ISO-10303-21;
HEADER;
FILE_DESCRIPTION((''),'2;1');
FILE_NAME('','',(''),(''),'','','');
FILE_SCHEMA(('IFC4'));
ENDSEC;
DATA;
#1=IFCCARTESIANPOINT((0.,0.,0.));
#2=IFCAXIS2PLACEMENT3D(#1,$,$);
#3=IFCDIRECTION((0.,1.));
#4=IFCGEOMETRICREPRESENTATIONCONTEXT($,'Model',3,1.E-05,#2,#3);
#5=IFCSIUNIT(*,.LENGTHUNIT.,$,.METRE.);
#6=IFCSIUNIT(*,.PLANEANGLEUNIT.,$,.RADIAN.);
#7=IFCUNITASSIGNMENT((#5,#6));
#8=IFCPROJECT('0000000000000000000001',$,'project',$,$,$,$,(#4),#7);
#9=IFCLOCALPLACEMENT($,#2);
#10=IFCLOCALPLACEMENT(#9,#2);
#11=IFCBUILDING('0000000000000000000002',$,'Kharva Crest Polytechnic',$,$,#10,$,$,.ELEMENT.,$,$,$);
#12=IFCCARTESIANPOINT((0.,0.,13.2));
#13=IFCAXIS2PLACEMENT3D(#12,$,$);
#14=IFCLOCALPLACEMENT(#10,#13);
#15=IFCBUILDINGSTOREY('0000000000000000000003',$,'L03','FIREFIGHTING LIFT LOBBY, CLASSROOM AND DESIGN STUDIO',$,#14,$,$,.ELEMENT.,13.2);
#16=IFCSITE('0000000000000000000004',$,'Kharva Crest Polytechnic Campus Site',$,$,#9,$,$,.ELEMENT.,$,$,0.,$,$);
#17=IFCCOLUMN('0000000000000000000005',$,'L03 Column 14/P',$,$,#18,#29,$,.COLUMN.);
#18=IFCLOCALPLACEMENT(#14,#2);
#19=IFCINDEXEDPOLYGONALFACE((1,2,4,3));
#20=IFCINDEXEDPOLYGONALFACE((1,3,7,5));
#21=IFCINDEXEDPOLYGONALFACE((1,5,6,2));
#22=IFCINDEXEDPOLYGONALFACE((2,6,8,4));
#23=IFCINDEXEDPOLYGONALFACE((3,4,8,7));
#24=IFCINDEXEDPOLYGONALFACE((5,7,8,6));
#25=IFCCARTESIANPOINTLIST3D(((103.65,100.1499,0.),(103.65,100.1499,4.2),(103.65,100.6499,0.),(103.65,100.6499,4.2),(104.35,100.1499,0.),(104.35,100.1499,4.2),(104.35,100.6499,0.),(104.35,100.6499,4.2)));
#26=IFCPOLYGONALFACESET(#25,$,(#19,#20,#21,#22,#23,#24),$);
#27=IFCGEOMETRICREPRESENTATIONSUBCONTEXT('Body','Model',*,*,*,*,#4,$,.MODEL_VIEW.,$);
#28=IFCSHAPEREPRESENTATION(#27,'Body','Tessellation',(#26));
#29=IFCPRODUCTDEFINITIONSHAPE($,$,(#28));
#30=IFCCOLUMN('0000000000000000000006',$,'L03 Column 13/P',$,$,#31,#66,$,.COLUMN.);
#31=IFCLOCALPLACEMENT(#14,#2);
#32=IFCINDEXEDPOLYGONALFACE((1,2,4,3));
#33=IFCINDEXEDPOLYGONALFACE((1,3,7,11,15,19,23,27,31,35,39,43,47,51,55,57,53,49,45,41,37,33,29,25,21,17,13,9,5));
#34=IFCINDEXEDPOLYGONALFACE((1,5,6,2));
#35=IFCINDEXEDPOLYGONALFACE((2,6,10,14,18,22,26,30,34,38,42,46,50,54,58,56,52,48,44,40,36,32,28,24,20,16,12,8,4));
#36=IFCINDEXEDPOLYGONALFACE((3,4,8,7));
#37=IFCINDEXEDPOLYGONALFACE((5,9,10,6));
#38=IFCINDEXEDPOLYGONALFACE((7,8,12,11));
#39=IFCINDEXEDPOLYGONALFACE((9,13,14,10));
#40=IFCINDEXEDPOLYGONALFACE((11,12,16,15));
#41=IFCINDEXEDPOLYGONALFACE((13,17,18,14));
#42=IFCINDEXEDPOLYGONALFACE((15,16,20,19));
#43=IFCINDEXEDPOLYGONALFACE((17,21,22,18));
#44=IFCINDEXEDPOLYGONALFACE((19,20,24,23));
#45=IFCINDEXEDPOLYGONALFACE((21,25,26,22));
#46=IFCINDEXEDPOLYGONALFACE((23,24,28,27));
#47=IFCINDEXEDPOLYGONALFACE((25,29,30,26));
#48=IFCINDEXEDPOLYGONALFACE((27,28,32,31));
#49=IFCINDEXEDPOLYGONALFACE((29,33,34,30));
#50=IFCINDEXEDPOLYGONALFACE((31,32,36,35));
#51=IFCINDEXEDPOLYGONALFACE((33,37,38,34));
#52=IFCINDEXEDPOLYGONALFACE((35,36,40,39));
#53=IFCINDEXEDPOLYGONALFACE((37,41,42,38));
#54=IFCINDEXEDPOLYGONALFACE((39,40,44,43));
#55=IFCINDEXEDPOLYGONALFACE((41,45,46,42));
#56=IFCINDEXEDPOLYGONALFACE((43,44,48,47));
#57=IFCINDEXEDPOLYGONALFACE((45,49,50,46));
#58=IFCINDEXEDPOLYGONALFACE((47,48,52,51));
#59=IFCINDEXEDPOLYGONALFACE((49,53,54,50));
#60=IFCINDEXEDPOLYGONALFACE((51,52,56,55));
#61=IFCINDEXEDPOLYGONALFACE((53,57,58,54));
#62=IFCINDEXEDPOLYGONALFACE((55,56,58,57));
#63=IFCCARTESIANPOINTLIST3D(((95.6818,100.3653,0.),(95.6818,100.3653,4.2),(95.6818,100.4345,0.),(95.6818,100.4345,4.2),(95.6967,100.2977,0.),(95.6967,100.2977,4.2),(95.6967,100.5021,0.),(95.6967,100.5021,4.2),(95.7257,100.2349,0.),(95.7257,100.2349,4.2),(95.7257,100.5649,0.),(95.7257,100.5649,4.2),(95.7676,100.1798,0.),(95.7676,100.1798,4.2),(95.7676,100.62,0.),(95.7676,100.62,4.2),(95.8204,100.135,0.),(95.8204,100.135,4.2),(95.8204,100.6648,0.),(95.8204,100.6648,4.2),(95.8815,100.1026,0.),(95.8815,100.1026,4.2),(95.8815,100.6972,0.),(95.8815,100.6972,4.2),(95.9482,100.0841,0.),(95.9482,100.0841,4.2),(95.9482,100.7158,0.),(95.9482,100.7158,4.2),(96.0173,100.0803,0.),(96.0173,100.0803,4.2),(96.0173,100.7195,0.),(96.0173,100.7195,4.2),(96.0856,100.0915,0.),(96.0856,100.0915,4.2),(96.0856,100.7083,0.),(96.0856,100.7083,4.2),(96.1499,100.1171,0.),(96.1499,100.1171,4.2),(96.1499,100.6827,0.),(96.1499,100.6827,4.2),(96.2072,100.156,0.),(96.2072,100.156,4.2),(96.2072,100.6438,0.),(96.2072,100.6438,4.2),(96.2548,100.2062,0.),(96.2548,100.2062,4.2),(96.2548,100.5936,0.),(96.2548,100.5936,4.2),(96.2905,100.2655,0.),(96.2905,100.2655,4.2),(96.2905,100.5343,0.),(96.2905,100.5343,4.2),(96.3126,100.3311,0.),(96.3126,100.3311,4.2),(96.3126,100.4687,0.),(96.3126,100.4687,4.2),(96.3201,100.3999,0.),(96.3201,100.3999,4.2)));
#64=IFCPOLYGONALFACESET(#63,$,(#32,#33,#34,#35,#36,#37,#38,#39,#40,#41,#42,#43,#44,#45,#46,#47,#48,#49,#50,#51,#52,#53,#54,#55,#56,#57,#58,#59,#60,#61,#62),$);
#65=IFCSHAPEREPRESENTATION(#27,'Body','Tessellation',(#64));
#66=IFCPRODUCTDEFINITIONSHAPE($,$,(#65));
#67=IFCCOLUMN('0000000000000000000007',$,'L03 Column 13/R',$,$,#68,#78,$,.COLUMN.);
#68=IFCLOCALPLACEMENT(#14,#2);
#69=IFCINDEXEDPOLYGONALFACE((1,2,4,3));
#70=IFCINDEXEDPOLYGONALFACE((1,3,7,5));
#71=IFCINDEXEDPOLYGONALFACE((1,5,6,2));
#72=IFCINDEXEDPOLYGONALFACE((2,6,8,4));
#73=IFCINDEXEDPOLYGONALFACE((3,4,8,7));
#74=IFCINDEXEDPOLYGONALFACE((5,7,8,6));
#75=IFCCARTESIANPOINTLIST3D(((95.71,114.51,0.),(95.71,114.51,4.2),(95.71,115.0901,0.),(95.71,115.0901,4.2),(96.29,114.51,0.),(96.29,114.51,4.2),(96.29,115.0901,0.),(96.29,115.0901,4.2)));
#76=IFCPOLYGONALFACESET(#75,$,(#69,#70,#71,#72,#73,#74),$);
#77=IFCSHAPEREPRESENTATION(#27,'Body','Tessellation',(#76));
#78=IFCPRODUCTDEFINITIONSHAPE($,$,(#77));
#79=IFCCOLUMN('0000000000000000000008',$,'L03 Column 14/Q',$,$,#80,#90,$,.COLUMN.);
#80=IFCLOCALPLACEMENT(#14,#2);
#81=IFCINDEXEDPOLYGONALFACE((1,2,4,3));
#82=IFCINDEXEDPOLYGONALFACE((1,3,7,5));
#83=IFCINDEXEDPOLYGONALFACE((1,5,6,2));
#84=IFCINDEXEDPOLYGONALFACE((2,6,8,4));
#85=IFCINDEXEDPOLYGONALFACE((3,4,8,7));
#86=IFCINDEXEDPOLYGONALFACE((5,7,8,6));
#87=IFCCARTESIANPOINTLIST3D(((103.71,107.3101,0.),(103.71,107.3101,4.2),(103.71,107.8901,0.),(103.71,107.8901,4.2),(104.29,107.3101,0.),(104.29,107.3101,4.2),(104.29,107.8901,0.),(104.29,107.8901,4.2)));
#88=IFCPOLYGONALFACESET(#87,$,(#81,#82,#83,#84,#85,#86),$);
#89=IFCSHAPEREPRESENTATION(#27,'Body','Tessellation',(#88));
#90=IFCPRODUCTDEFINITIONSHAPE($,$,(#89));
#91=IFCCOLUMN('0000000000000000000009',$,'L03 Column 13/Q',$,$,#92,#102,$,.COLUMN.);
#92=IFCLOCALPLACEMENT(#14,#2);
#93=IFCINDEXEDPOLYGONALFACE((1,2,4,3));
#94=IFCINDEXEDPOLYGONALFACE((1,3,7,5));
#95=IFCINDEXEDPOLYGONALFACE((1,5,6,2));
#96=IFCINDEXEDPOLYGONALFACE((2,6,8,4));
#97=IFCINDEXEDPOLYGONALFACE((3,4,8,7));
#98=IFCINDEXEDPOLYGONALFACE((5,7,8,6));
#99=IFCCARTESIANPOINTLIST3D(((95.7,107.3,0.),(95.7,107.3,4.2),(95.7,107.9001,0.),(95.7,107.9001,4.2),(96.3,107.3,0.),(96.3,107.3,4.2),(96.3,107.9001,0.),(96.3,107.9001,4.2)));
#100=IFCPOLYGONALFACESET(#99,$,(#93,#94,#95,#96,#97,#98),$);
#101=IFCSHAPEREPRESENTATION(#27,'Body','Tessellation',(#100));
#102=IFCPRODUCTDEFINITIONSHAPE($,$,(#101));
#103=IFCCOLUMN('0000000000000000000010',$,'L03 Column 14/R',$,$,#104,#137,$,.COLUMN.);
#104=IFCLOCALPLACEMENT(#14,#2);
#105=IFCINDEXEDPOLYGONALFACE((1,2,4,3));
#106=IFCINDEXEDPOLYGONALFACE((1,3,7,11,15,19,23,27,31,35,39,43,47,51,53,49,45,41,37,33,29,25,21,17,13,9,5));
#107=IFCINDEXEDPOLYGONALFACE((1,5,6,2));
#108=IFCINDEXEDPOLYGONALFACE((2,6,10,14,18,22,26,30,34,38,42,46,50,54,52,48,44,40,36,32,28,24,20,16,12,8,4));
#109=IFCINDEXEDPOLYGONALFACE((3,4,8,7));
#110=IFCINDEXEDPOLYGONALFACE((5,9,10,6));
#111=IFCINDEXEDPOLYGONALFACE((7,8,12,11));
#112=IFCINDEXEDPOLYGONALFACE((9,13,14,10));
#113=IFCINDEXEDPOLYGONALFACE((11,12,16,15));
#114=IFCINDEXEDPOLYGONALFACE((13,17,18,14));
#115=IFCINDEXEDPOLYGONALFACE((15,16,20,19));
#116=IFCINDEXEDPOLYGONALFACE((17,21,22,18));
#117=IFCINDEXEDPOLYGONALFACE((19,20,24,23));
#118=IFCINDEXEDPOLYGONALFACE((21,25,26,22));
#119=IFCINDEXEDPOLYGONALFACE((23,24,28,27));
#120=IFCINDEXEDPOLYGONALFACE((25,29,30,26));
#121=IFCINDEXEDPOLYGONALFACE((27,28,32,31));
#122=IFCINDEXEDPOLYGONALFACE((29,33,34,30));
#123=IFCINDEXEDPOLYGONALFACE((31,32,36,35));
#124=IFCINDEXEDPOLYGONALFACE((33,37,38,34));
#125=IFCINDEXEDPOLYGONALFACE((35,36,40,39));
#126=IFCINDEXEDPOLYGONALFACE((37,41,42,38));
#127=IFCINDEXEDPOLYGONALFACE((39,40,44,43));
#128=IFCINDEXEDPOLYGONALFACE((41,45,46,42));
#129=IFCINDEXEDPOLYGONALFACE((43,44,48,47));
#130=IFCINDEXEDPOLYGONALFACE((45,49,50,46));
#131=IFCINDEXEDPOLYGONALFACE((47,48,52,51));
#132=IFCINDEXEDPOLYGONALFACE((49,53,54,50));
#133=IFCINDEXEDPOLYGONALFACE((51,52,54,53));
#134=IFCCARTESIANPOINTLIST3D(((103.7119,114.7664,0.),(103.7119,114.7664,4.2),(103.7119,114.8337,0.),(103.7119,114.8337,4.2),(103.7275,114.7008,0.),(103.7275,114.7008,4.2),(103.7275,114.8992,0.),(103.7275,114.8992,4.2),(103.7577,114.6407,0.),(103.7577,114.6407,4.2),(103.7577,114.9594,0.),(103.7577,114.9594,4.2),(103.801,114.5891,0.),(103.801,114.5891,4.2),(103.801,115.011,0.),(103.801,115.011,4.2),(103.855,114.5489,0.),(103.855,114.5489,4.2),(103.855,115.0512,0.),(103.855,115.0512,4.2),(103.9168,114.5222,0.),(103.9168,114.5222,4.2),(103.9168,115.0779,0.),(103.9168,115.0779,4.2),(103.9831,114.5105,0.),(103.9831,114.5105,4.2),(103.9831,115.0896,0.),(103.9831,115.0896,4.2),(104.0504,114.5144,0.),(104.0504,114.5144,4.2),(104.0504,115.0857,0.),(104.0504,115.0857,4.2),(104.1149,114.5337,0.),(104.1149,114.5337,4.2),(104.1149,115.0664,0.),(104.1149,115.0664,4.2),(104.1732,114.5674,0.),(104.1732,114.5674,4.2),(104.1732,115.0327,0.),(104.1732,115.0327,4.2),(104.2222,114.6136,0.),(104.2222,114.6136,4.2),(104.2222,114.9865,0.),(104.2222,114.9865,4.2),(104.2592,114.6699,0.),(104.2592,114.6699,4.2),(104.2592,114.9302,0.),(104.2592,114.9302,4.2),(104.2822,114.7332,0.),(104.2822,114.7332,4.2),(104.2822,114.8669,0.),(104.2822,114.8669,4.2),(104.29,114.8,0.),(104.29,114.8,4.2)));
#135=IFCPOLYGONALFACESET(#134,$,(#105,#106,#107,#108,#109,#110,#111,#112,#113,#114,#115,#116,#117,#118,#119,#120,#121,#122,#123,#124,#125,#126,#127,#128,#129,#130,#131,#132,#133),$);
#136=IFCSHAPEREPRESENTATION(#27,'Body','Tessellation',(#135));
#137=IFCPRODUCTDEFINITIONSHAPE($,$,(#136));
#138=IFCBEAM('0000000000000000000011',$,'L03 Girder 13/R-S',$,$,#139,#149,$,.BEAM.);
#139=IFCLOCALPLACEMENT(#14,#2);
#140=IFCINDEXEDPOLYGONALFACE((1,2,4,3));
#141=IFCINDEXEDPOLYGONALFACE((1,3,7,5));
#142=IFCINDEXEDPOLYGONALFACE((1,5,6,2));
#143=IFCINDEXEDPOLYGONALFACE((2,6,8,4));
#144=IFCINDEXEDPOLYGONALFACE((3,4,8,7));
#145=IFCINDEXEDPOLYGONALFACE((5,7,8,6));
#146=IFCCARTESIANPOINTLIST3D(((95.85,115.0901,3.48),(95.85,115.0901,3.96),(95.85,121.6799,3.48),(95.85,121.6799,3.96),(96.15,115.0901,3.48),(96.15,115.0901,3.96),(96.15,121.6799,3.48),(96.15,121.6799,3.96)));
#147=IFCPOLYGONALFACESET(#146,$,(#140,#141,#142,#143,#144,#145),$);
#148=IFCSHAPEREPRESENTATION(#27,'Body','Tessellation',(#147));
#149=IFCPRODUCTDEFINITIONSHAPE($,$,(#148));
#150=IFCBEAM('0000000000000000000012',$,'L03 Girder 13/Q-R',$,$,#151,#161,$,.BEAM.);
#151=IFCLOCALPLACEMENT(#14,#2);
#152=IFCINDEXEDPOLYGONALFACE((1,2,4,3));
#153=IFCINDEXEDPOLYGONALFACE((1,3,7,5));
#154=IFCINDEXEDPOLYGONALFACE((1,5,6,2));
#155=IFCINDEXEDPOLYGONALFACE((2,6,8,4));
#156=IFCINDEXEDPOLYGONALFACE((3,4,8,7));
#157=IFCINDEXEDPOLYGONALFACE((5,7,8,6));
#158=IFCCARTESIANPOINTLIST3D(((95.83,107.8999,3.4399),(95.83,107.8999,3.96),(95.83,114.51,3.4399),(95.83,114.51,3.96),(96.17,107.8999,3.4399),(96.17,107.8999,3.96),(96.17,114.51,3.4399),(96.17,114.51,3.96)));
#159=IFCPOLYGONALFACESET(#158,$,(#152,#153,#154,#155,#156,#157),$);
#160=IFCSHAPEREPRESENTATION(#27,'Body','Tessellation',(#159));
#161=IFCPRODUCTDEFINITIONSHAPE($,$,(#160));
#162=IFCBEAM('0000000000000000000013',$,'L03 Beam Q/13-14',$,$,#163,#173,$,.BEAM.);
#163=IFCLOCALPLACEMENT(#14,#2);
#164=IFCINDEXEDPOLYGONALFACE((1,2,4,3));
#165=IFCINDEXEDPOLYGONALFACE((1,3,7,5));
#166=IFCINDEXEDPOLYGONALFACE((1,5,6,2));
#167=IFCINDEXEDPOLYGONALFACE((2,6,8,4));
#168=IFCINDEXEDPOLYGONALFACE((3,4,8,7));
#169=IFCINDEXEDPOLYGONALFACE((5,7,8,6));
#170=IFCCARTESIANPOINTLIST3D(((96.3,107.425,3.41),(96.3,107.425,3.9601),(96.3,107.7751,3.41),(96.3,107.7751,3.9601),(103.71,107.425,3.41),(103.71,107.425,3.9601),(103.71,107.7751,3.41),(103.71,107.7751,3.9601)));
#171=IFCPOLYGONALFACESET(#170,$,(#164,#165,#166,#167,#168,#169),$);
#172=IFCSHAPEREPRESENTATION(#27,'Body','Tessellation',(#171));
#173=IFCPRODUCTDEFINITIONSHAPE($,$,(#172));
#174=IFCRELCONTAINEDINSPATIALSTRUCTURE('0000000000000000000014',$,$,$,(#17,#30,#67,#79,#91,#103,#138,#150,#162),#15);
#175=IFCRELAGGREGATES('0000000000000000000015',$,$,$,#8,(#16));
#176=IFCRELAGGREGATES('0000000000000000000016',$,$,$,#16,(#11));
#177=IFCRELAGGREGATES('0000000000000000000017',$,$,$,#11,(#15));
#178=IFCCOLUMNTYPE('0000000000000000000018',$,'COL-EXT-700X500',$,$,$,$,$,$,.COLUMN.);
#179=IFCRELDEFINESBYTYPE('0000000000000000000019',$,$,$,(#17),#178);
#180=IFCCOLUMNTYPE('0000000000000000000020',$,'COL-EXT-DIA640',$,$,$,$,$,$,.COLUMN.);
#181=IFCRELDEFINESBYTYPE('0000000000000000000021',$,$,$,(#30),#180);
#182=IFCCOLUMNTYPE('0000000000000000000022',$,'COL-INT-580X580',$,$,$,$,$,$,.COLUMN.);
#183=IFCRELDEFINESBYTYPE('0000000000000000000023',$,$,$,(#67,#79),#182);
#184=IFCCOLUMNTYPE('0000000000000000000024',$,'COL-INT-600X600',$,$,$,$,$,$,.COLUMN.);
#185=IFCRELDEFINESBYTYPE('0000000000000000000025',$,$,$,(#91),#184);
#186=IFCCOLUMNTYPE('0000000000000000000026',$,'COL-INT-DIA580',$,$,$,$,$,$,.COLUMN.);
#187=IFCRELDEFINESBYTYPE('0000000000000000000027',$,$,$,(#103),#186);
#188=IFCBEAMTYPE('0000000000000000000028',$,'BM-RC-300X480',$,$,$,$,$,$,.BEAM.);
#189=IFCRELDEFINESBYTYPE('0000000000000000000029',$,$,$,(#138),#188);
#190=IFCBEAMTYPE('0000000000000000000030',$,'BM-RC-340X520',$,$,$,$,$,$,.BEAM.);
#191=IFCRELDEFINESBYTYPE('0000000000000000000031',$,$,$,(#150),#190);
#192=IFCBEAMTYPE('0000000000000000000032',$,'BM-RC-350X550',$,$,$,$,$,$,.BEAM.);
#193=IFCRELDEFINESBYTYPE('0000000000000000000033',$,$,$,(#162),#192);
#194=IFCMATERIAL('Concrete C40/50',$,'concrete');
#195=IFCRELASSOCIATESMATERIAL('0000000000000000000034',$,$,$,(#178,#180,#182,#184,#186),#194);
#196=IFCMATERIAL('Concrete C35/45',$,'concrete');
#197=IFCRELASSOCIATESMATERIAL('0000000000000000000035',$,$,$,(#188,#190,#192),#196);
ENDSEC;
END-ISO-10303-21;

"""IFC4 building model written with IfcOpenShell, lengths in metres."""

from ifc_helpers import new_model, si_unit, direction, frame, origin, origin_2d, place, context, subcontext, project, spatial, rectangle, circle, extrude, material, material_profile, profile_set, type_object, element, save


model = new_model("IFC4")

# Units and contexts
model_context = context("Model", 3, precision=1e-05, world=origin(), true_north=direction((0.0, 1.0)))
body_context = subcontext(model_context, "Body", "Model", "MODEL_VIEW")
ifc_project = project(units=[si_unit("LENGTHUNIT", "METRE"), si_unit("PLANEANGLEUNIT", "RADIAN")], contexts=[model_context])

# Site, building, storey
site_placement = place(None, origin())
site = spatial("IfcSite", under=ifc_project, at=site_placement, Name="Kharva Crest Polytechnic Campus Site", CompositionType="ELEMENT", RefElevation=0.0)
building_placement = place(site_placement, origin())
building = spatial("IfcBuilding", under=site, at=building_placement, Name="Kharva Crest Polytechnic", CompositionType="ELEMENT")
storey_placement = place(building_placement, frame((0.0, 0.0, 13.2)))
storey = spatial("IfcBuildingStorey", under=building, at=storey_placement, Name="L03", Description="FIREFIGHTING LIFT LOBBY, CLASSROOM AND DESIGN STUDIO", CompositionType="ELEMENT", Elevation=13.2)

# Columns
ifc_material_1 = material(Name="Concrete C40/50", Category="concrete")
ifc_material_profile_1 = material_profile(ifc_material_1, rectangle(XDim=0.7, YDim=0.5, at=origin_2d()), Name="RECT 700 X 500")
ifc_profile_set_1 = profile_set([ifc_material_profile_1], Name="Concrete C40/50")
column_type_1 = type_object("IfcColumnType", Name="COL-EXT-700X500", PredefinedType="COLUMN", material=ifc_profile_set_1)
column_1_placement = place(storey_placement, frame((104.0, 100.3999, 0.0), z_axis=(0.0, 0.0, 1.0), x_axis=(1.0, 0.0, 0.0)))
element("IfcColumn", 1, at=column_1_placement, inside=storey, type_object=column_type_1, Name="L03 Column 14/P", PredefinedType="COLUMN", context=body_context, shape_type="SweptSolid", body=[
    extrude(rectangle(XDim=0.7, YDim=0.5, at=origin_2d()), origin(), (0.0, 0.0, 1.0), 4.2),
])
ifc_material_profile_2 = material_profile(ifc_material_1, circle(Radius=0.3201, at=origin_2d()), Name="DIA 640")
ifc_profile_set_2 = profile_set([ifc_material_profile_2], Name="Concrete C40/50")
column_type_2 = type_object("IfcColumnType", Name="COL-EXT-DIA640", PredefinedType="COLUMN", material=ifc_profile_set_2)
column_2_placement = place(storey_placement, frame((96.0, 100.3999, 0.0), z_axis=(0.0, 0.0, 1.0), x_axis=(1.0, 0.0, 0.0)))
element("IfcColumn", 2, at=column_2_placement, inside=storey, type_object=column_type_2, Name="L03 Column 13/P", PredefinedType="COLUMN", context=body_context, shape_type="SweptSolid", body=[
    extrude(circle(Radius=0.3201, at=origin_2d()), origin(), (0.0, 0.0, 1.0), 4.2),
])
ifc_material_profile_3 = material_profile(ifc_material_1, rectangle(XDim=0.5801, YDim=0.5801, at=origin_2d()), Name="RECT 580 X 580")
ifc_profile_set_3 = profile_set([ifc_material_profile_3], Name="Concrete C40/50")
column_type_3 = type_object("IfcColumnType", Name="COL-INT-580X580", PredefinedType="COLUMN", material=ifc_profile_set_3)
for number, where, z_axis, x_axis, name in (
    (3, (96.0, 114.8, 0.0), (0.0, 0.0, 1.0), (1.0, 0.0, 0.0), "L03 Column 13/R"),
    (4, (104.0, 107.6001, 0.0), (0.0, 0.0, 1.0), (1.0, 0.0, 0.0), "L03 Column 14/Q"),
):
    element("IfcColumn", number, at=place(storey_placement, frame(where, z_axis=z_axis, x_axis=x_axis)), inside=storey, type_object=column_type_3, Name=name, PredefinedType="COLUMN", context=body_context, shape_type="SweptSolid", body=[
        extrude(rectangle(XDim=0.5801, YDim=0.5801, at=origin_2d()), origin(), (0.0, 0.0, 1.0), 4.2),
    ])
ifc_material_profile_4 = material_profile(ifc_material_1, rectangle(XDim=0.6001, YDim=0.6001, at=origin_2d()), Name="RECT 600 X 600")
ifc_profile_set_4 = profile_set([ifc_material_profile_4], Name="Concrete C40/50")
column_type_4 = type_object("IfcColumnType", Name="COL-INT-600X600", PredefinedType="COLUMN", material=ifc_profile_set_4)
column_3_placement = place(storey_placement, frame((96.0, 107.6001, 0.0), z_axis=(0.0, 0.0, 1.0), x_axis=(1.0, 0.0, 0.0)))
element("IfcColumn", 5, at=column_3_placement, inside=storey, type_object=column_type_4, Name="L03 Column 13/Q", PredefinedType="COLUMN", context=body_context, shape_type="SweptSolid", body=[
    extrude(rectangle(XDim=0.6001, YDim=0.6001, at=origin_2d()), origin(), (0.0, 0.0, 1.0), 4.2),
])
ifc_material_profile_5 = material_profile(ifc_material_1, circle(Radius=0.29, at=origin_2d()), Name="DIA 580")
ifc_profile_set_5 = profile_set([ifc_material_profile_5], Name="Concrete C40/50")
column_type_5 = type_object("IfcColumnType", Name="COL-INT-DIA580", PredefinedType="COLUMN", material=ifc_profile_set_5)
column_4_placement = place(storey_placement, frame((104.0, 114.8, 0.0), z_axis=(0.0, 0.0, 1.0), x_axis=(1.0, 0.0, 0.0)))
element("IfcColumn", 6, at=column_4_placement, inside=storey, type_object=column_type_5, Name="L03 Column 14/R", PredefinedType="COLUMN", context=body_context, shape_type="SweptSolid", body=[
    extrude(circle(Radius=0.29, at=origin_2d()), origin(), (0.0, 0.0, 1.0), 4.2),
])

# Beams
ifc_material_2 = material(Name="Concrete C35/45", Category="concrete")
ifc_material_profile_6 = material_profile(ifc_material_2, rectangle(XDim=0.3, YDim=0.48, at=origin_2d()), Name="RECT 300 X 480")
ifc_profile_set_6 = profile_set([ifc_material_profile_6], Name="Concrete C35/45")
beam_type_1 = type_object("IfcBeamType", Name="BM-RC-300X480", PredefinedType="BEAM", material=ifc_profile_set_6)
beam_1_placement = place(storey_placement, frame((96.0, 115.0901, 3.72), z_axis=(0.0, 1.0, 0.0), x_axis=(-1.0, 0.0, 0.0)))
element("IfcBeam", 7, at=beam_1_placement, inside=storey, type_object=beam_type_1, Name="L03 Girder 13/R-S", PredefinedType="BEAM", context=body_context, shape_type="SweptSolid", body=[
    extrude(rectangle(XDim=0.3, YDim=0.48, at=origin_2d()), origin(), (0.0, 0.0, 1.0), 6.5898),
])
ifc_material_profile_7 = material_profile(ifc_material_2, rectangle(XDim=0.3401, YDim=0.52, at=origin_2d()), Name="RECT 340 X 520")
ifc_profile_set_7 = profile_set([ifc_material_profile_7], Name="Concrete C35/45")
beam_type_2 = type_object("IfcBeamType", Name="BM-RC-340X520", PredefinedType="BEAM", material=ifc_profile_set_7)
beam_2_placement = place(storey_placement, frame((96.0, 107.8999, 3.7), z_axis=(0.0, 1.0, 0.0), x_axis=(-1.0, 0.0, 0.0)))
element("IfcBeam", 8, at=beam_2_placement, inside=storey, type_object=beam_type_2, Name="L03 Girder 13/Q-R", PredefinedType="BEAM", context=body_context, shape_type="SweptSolid", body=[
    extrude(rectangle(XDim=0.3401, YDim=0.52, at=origin_2d()), origin(), (0.0, 0.0, 1.0), 6.6101),
])
ifc_material_profile_8 = material_profile(ifc_material_2, rectangle(XDim=0.3501, YDim=0.55, at=origin_2d()), Name="RECT 350 X 550")
ifc_profile_set_8 = profile_set([ifc_material_profile_8], Name="Concrete C35/45")
beam_type_3 = type_object("IfcBeamType", Name="BM-RC-350X550", PredefinedType="BEAM", material=ifc_profile_set_8)
beam_3_placement = place(storey_placement, frame((96.3, 107.6001, 3.6851), z_axis=(1.0, 0.0, 0.0), x_axis=(0.0, 1.0, 0.0)))
element("IfcBeam", 9, at=beam_3_placement, inside=storey, type_object=beam_type_3, Name="L03 Beam Q/13-14", PredefinedType="BEAM", context=body_context, shape_type="SweptSolid", body=[
    extrude(rectangle(XDim=0.3501, YDim=0.55, at=origin_2d()), origin(), (0.0, 0.0, 1.0), 7.4099),
])

save(model, "model.ifc")
